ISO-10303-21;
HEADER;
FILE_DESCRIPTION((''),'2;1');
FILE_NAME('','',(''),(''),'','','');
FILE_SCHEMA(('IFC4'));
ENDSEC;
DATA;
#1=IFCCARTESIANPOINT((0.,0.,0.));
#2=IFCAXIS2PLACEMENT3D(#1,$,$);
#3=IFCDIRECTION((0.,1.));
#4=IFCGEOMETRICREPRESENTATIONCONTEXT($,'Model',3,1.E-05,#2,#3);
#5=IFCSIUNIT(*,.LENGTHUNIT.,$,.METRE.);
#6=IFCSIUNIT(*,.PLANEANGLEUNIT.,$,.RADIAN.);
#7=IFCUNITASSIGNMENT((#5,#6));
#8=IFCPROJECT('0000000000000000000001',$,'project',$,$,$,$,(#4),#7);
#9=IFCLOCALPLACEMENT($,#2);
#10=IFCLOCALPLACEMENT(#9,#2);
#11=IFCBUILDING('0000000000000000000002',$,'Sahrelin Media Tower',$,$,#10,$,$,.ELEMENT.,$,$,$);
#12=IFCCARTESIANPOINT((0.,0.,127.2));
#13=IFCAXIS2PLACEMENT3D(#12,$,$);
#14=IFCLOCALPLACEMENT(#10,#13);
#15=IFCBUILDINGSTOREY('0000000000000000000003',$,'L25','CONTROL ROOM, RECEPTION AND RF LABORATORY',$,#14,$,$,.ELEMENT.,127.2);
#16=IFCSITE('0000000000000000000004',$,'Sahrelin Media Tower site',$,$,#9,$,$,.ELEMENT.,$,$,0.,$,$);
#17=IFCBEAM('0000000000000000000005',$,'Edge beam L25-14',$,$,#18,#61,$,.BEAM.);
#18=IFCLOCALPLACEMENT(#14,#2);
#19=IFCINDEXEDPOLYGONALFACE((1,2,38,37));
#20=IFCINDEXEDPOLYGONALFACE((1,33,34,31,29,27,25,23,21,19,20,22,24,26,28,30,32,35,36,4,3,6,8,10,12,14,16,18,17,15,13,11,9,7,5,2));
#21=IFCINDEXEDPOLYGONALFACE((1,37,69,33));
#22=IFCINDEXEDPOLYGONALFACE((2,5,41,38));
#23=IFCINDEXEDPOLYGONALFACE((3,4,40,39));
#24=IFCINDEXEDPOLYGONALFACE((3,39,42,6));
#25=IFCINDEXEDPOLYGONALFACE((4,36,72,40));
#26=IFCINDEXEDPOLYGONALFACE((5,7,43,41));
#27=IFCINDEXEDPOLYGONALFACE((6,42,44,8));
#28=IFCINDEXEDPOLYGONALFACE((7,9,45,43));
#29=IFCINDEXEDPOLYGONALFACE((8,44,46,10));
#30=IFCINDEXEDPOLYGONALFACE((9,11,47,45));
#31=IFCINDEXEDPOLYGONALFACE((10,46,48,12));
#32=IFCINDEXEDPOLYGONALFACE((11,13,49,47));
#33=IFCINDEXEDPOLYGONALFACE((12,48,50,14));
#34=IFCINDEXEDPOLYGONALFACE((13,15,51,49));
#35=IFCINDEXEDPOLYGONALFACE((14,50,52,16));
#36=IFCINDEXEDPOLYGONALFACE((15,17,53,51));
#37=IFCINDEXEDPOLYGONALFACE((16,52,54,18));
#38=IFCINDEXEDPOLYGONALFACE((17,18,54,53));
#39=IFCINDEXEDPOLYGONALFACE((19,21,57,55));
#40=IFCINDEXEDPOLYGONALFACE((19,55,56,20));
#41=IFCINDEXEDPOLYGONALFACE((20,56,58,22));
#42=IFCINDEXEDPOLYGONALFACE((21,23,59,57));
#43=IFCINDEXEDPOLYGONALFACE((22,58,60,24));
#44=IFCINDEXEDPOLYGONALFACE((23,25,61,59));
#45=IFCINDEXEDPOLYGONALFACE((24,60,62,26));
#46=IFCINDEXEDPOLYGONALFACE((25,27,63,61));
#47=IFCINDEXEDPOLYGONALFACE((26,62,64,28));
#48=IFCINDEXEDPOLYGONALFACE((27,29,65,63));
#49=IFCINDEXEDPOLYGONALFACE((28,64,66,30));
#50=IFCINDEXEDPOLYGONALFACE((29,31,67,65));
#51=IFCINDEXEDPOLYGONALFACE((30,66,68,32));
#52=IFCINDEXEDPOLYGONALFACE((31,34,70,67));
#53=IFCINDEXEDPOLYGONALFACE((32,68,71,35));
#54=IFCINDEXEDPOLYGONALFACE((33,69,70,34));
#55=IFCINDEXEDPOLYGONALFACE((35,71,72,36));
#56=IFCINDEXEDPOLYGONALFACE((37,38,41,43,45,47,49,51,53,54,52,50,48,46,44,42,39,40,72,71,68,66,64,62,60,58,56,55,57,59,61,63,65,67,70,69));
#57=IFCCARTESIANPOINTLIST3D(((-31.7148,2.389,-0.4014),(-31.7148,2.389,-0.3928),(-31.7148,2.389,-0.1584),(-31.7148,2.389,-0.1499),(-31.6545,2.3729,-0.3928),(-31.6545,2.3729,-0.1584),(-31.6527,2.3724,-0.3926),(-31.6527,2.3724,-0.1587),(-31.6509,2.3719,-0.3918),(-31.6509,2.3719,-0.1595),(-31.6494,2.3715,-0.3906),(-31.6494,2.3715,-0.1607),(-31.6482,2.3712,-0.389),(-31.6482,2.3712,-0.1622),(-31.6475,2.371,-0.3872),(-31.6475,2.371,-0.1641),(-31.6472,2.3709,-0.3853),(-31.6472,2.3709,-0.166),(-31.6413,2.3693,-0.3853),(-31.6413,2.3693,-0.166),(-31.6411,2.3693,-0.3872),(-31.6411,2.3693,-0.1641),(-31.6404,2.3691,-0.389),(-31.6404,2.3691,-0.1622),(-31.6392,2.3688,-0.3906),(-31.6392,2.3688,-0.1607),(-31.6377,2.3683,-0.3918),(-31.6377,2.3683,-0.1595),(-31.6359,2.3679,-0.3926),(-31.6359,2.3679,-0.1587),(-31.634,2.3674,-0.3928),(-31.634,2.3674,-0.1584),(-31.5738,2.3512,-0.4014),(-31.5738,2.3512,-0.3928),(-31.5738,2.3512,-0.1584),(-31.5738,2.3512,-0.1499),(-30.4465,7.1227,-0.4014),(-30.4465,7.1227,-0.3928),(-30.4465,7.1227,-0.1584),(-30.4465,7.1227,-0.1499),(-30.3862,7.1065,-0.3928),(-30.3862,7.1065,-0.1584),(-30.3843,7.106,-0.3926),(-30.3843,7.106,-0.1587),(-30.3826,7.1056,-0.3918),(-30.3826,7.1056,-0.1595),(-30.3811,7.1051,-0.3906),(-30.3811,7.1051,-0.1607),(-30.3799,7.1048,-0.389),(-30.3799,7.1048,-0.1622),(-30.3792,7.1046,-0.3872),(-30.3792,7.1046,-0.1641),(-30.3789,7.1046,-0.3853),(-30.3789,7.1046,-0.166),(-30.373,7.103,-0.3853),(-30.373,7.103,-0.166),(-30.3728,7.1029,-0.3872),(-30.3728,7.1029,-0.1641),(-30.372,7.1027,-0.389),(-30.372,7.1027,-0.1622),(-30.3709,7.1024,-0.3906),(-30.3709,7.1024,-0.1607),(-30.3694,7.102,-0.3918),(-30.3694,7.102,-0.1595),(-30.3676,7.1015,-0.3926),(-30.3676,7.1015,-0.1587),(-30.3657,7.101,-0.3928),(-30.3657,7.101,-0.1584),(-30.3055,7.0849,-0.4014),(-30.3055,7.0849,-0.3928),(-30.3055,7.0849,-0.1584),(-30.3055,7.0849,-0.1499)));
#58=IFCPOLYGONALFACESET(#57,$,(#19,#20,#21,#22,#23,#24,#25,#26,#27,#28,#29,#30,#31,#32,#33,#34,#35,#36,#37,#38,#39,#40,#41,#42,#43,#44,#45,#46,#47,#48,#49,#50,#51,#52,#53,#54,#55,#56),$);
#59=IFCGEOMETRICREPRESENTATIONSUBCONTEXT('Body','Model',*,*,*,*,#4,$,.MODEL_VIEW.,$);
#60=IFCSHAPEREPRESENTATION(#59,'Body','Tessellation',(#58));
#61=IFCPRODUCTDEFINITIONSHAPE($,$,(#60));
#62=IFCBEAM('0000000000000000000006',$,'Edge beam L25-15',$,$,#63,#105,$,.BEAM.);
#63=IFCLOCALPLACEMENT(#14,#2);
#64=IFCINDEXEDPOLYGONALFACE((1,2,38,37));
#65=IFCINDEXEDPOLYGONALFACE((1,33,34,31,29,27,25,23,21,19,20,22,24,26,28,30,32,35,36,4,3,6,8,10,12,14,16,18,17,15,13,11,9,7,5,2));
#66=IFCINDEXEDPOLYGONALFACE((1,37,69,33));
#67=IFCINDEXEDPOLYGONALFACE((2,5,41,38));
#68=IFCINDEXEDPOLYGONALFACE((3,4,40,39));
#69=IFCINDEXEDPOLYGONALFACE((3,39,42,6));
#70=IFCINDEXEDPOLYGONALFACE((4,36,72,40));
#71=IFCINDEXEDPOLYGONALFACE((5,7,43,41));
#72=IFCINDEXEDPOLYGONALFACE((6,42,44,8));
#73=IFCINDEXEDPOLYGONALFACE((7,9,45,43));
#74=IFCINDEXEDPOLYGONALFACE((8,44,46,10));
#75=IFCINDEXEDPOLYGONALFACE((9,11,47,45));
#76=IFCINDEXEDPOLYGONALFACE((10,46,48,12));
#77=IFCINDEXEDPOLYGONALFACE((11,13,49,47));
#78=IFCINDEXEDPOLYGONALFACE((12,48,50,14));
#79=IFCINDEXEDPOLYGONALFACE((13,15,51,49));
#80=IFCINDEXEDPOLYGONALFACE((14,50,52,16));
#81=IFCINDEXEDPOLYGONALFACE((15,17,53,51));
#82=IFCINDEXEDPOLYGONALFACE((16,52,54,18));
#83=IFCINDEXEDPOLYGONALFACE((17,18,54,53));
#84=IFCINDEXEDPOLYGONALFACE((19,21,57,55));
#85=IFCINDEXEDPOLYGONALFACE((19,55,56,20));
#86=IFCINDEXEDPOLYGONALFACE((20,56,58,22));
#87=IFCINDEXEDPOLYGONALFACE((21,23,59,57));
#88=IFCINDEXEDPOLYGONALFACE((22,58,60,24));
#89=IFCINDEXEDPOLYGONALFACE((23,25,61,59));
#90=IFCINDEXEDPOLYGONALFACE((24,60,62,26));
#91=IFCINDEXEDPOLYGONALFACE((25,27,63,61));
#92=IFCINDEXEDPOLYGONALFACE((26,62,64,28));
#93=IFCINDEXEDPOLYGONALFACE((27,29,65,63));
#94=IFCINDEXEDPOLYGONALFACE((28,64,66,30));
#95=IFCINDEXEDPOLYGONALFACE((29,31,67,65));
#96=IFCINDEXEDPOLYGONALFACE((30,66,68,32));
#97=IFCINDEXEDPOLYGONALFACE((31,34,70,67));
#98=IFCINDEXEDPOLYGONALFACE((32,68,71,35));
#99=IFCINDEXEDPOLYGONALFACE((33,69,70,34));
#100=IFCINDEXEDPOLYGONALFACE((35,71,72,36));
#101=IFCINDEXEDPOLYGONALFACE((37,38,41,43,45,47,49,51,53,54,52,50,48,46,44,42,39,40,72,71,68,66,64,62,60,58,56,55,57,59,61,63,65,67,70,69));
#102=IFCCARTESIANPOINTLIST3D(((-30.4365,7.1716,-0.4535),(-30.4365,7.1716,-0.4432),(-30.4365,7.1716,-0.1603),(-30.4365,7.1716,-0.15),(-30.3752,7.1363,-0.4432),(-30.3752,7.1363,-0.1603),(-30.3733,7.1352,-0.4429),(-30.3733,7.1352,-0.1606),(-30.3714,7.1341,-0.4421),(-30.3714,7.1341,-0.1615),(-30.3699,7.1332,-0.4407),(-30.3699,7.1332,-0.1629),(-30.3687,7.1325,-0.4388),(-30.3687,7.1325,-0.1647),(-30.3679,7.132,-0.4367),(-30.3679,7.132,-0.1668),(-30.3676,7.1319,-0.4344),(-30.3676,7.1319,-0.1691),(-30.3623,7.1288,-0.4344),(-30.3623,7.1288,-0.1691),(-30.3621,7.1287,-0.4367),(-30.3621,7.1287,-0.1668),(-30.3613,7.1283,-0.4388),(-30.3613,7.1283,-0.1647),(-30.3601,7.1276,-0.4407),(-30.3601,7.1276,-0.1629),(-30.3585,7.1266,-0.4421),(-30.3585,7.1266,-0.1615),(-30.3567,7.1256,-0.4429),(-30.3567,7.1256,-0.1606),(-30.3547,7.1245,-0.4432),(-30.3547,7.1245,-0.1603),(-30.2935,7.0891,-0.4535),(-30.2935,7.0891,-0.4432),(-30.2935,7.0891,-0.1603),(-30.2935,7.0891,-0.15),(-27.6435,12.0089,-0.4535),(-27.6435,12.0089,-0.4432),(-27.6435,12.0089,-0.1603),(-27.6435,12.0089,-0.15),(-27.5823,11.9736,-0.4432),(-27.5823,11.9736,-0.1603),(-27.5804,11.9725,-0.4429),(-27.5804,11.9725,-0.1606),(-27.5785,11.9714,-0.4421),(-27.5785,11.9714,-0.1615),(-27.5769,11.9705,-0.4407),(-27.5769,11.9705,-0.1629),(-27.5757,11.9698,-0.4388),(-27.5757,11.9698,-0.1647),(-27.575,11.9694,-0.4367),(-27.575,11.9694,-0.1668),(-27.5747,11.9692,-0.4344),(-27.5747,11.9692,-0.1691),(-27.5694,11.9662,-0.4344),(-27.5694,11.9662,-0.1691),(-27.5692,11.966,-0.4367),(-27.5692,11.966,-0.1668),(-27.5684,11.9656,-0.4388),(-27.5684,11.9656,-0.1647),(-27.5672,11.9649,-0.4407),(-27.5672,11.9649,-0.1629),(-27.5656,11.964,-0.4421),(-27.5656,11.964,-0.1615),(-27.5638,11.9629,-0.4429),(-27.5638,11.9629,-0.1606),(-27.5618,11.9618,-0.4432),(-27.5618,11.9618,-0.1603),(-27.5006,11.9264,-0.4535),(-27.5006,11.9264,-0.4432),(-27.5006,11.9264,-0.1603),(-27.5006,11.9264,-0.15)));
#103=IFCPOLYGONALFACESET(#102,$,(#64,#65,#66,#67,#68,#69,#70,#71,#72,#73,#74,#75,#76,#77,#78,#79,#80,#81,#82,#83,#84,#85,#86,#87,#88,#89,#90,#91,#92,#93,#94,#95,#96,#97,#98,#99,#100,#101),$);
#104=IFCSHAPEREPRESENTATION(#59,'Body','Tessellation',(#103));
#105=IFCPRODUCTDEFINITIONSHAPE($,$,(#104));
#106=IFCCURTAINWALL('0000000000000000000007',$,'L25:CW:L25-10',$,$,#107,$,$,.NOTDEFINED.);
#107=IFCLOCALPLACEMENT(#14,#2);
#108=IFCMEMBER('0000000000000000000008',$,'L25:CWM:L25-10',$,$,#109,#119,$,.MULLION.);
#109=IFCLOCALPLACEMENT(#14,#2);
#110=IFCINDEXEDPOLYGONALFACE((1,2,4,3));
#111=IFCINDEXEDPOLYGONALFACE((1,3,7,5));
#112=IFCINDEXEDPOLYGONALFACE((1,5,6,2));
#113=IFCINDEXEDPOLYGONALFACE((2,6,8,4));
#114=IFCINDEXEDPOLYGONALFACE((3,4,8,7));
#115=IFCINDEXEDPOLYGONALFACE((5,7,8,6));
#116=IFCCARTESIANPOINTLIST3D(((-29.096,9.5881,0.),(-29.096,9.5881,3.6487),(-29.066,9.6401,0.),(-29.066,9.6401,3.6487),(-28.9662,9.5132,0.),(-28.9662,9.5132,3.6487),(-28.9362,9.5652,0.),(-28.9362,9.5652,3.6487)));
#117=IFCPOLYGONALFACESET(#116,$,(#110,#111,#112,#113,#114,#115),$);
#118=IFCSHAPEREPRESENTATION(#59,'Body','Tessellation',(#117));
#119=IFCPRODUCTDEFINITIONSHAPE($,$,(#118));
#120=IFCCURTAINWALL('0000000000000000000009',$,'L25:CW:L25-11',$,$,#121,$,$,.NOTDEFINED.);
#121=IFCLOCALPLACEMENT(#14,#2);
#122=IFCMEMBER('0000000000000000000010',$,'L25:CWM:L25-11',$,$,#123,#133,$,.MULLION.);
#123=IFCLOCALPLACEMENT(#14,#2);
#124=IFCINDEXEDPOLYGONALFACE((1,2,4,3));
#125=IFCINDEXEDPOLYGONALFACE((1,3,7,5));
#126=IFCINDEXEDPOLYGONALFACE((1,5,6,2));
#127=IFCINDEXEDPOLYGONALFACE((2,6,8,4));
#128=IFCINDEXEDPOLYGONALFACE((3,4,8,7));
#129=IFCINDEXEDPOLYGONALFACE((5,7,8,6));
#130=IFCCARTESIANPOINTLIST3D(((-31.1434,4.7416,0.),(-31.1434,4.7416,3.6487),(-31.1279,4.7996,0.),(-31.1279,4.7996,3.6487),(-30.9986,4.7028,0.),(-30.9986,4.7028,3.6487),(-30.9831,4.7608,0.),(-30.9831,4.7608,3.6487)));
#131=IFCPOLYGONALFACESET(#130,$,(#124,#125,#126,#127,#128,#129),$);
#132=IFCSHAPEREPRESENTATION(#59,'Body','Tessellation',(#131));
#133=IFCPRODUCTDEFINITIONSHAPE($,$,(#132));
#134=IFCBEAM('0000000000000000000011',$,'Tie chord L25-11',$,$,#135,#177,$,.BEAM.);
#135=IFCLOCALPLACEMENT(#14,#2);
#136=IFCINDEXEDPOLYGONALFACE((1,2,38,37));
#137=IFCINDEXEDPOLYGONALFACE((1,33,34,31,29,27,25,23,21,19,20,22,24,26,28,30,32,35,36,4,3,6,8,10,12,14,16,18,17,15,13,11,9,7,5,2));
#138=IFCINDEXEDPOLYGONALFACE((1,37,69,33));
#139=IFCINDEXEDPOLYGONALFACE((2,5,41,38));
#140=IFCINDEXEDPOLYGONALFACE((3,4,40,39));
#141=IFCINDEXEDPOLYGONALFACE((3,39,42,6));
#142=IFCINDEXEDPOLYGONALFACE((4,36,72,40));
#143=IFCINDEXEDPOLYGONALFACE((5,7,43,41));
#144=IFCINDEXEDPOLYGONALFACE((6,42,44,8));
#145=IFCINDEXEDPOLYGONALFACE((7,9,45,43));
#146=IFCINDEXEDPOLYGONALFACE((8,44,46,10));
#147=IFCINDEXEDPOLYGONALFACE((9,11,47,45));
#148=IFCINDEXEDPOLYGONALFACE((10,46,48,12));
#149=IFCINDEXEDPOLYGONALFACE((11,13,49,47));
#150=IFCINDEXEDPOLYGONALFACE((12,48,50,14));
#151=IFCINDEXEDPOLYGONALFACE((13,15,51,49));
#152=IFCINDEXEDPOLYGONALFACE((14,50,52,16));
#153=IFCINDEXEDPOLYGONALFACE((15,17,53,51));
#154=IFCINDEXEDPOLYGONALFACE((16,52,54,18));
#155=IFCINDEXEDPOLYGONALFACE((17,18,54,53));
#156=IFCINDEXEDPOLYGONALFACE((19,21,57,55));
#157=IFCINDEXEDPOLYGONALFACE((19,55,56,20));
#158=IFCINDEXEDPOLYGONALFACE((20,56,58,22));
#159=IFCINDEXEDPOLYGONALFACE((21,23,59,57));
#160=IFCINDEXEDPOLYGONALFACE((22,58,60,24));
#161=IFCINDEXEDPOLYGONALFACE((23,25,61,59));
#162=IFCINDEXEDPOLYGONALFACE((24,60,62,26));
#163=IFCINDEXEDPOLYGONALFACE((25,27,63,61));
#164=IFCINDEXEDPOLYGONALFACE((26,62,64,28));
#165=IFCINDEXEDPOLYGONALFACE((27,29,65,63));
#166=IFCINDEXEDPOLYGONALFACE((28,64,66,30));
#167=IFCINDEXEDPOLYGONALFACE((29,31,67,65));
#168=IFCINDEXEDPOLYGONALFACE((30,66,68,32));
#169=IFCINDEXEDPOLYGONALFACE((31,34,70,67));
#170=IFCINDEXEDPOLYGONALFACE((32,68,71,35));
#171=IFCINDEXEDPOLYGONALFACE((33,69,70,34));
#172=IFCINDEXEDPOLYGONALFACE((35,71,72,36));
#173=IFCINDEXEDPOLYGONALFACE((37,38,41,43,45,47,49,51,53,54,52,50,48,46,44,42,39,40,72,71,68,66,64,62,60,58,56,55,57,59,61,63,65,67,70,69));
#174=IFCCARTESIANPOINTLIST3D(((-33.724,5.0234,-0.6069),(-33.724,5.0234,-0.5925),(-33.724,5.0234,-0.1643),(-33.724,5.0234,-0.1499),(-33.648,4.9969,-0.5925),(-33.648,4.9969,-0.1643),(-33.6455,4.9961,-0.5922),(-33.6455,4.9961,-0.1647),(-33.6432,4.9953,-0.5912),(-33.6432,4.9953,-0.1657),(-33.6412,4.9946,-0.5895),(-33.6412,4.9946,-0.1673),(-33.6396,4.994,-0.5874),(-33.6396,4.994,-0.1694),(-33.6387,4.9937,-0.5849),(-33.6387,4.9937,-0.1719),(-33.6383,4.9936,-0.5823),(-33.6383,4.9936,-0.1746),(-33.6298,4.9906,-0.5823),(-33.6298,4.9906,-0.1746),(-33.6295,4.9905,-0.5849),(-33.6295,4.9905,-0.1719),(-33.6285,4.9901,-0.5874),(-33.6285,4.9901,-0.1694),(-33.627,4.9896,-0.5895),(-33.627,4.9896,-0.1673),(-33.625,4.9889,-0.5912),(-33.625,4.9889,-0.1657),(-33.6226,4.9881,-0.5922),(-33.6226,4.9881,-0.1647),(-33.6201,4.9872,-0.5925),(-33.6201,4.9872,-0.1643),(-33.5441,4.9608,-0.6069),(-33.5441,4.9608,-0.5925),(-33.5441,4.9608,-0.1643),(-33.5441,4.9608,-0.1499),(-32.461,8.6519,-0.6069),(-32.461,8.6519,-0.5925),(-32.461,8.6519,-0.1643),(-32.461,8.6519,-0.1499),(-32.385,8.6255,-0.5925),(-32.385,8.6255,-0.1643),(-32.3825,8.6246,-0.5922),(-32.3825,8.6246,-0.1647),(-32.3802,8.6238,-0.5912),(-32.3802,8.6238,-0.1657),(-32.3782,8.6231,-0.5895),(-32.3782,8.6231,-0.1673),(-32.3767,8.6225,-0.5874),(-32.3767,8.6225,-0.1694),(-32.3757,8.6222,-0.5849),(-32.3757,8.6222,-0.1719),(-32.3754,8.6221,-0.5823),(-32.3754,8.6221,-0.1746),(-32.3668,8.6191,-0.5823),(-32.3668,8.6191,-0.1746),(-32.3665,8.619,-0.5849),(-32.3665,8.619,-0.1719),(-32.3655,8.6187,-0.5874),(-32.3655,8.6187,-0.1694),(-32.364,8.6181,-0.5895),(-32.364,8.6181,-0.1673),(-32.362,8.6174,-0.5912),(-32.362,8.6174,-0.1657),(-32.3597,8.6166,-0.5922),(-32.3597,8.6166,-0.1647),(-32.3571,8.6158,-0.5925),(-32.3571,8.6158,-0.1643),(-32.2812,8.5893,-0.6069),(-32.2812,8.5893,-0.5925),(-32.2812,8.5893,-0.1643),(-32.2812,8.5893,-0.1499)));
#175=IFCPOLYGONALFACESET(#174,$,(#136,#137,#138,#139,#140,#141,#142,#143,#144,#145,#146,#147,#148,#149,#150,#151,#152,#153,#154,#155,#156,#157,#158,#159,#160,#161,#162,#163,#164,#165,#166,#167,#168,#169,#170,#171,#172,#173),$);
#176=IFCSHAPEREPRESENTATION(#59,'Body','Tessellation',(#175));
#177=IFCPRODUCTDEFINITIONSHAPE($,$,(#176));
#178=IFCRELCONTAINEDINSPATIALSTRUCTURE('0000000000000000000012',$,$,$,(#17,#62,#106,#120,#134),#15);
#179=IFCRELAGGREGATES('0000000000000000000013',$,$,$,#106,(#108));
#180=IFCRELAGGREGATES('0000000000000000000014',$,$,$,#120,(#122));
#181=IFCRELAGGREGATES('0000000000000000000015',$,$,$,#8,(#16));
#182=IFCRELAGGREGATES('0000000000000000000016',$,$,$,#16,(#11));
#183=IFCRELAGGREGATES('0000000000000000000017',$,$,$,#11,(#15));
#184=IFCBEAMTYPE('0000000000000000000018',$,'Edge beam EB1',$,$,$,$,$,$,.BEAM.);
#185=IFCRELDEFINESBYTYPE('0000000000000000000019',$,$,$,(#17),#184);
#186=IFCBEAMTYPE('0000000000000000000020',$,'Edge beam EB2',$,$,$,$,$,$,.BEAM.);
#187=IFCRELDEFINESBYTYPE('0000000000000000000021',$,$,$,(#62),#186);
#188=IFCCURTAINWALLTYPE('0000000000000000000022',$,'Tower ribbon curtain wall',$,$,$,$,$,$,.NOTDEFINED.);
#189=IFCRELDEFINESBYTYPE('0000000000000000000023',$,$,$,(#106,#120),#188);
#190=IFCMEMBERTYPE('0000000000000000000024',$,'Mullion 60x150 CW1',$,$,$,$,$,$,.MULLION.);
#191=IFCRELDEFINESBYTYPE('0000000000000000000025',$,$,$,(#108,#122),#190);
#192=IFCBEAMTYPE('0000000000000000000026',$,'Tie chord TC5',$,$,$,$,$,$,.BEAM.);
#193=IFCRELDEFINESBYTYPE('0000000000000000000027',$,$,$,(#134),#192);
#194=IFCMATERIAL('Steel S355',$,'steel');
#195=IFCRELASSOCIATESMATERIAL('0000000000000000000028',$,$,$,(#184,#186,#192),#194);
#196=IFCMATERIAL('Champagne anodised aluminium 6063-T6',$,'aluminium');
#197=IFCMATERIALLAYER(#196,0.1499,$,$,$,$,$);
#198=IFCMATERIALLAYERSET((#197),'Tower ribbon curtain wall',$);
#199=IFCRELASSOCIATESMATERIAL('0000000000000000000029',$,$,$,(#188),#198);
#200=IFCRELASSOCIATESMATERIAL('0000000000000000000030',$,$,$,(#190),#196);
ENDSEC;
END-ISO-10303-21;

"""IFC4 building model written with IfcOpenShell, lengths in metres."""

from ifc_helpers import new_model, si_unit, direction, frame, origin, origin_2d, place, context, subcontext, project, spatial, rectangle, i_section, extrude, material, layer, layer_set, material_profile, profile_set, type_object, element, aggregate, save


model = new_model("IFC4")

# Units and contexts
model_context = context("Model", 3, precision=1e-05, world=origin(), true_north=direction((0.0, 1.0)))
body_context = subcontext(model_context, "Body", "Model", "MODEL_VIEW")
ifc_project = project(units=[si_unit("LENGTHUNIT", "METRE"), si_unit("PLANEANGLEUNIT", "RADIAN")], contexts=[model_context])

# Site, building, storey
site_placement = place(None, origin())
site = spatial("IfcSite", under=ifc_project, at=site_placement, Name="Sahrelin Media Tower site", CompositionType="ELEMENT", RefElevation=0.0)
building_placement = place(site_placement, origin())
building = spatial("IfcBuilding", under=site, at=building_placement, Name="Sahrelin Media Tower", CompositionType="ELEMENT")
storey_placement = place(building_placement, frame((0.0, 0.0, 127.2)))
storey = spatial("IfcBuildingStorey", under=building, at=storey_placement, Name="L25", Description="CONTROL ROOM, RECEPTION AND RF LABORATORY", CompositionType="ELEMENT", Elevation=127.2)

# Beams
ifc_material_1 = material(Name="Steel S355", Category="steel")
ifc_material_profile_1 = material_profile(ifc_material_1, i_section(OverallWidth=0.146, OverallDepth=0.2515, WebThickness=0.0061, FlangeThickness=0.0085, FilletRadius=0.0076, at=origin_2d()), Name="UB 254x146x31")
ifc_profile_set_1 = profile_set([ifc_material_profile_1], Name="Steel S355")
beam_type_1 = type_object("IfcBeamType", Name="Edge beam EB1", PredefinedType="BEAM", material=ifc_profile_set_1)
beam_1_placement = place(storey_placement, frame((-31.6443, 2.3701, -0.2756), z_axis=(0.258807, 0.965929, 0.0), x_axis=(-0.965929, 0.258807, 0.0)))
element("IfcBeam", 1, at=beam_1_placement, inside=storey, type_object=beam_type_1, Name="Edge beam L25-14", PredefinedType="BEAM", context=body_context, shape_type="SweptSolid", body=[
    extrude(i_section(OverallWidth=0.146, OverallDepth=0.2515, WebThickness=0.0061, FlangeThickness=0.0085, FilletRadius=0.0076, at=origin_2d()), origin(), (0.0, 0.0, 1.0), 4.9006),
])
ifc_material_profile_2 = material_profile(ifc_material_1, i_section(OverallWidth=0.165, OverallDepth=0.3035, WebThickness=0.0061, FlangeThickness=0.0103, FilletRadius=0.0088, at=origin_2d()), Name="UB 305x165x40")
ifc_profile_set_2 = profile_set([ifc_material_profile_2], Name="Steel S355")
beam_type_2 = type_object("IfcBeamType", Name="Edge beam EB2", PredefinedType="BEAM", material=ifc_profile_set_2)
beam_2_placement = place(storey_placement, frame((-30.365, 7.1304, -0.3018), z_axis=(0.500013, 0.866018, 0.0), x_axis=(-0.866018, 0.500013, 0.0)))
element("IfcBeam", 2, at=beam_2_placement, inside=storey, type_object=beam_type_2, Name="Edge beam L25-15", PredefinedType="BEAM", context=body_context, shape_type="SweptSolid", body=[
    extrude(i_section(OverallWidth=0.165, OverallDepth=0.3035, WebThickness=0.0061, FlangeThickness=0.0103, FilletRadius=0.0088, at=origin_2d()), origin(), (0.0, 0.0, 1.0), 5.5857),
])

# Curtain walls, members
ifc_material_2 = material(Name="Champagne anodised aluminium 6063-T6", Category="aluminium")
ifc_layer_1 = layer(ifc_material_2, 0.1499)
ifc_layer_set_1 = layer_set([ifc_layer_1], Name="Tower ribbon curtain wall")
curtain_wall_type = type_object("IfcCurtainWallType", Name="Tower ribbon curtain wall", PredefinedType="NOTDEFINED", material=ifc_layer_set_1)
curtain_wall_1_placement = place(storey_placement, frame((-29.0984, 9.624, 0.0), z_axis=(0.0, 0.0, 1.0), x_axis=(1.0, 0.0, 0.0)))
curtain_wall_1 = element("IfcCurtainWall", 3, at=curtain_wall_1_placement, inside=storey, type_object=curtain_wall_type, Name="L25:CW:L25-10", PredefinedType="NOTDEFINED")
ifc_material_profile_3 = material_profile(ifc_material_2, rectangle(XDim=0.0601, YDim=0.1499, at=origin_2d()), Name="Mullion 60x150")
ifc_profile_set_3 = profile_set([ifc_material_profile_3], Name="Champagne anodised aluminium 6063-T6")
member_type_1 = type_object("IfcMemberType", Name="Mullion 60x150 CW1", PredefinedType="MULLION", material=ifc_profile_set_3)
member_1_placement = place(storey_placement, frame((-29.0161, 9.5767, 0.0), z_axis=(0.0, 0.0, 1.0), x_axis=(-0.499998, -0.866026, 0.0)))
member_1 = element("IfcMember", 4, at=member_1_placement, type_object=member_type_1, Name="L25:CWM:L25-10", PredefinedType="MULLION", context=body_context, shape_type="SweptSolid", body=[
    extrude(rectangle(XDim=0.0601, YDim=0.1499, at=origin_2d()), origin(), (0.0, 0.0, 1.0), 3.6487),
])
aggregate(curtain_wall_1, [member_1])
curtain_wall_2_placement = place(storey_placement, frame((-31.155, 4.7759, 0.0), z_axis=(0.0, 0.0, 1.0), x_axis=(1.0, 0.0, 0.0)))
curtain_wall_2 = element("IfcCurtainWall", 5, at=curtain_wall_2_placement, inside=storey, type_object=curtain_wall_type, Name="L25:CW:L25-11", PredefinedType="NOTDEFINED")
member_2_placement = place(storey_placement, frame((-31.0632, 4.7512, 0.0), z_axis=(0.0, 0.0, 1.0), x_axis=(-0.258833, -0.965922, 0.0)))
member_2 = element("IfcMember", 6, at=member_2_placement, type_object=member_type_1, Name="L25:CWM:L25-11", PredefinedType="MULLION", context=body_context, shape_type="SweptSolid", body=[
    extrude(rectangle(XDim=0.0601, YDim=0.1499, at=origin_2d()), origin(), (0.0, 0.0, 1.0), 3.6487),
])

# Beam
ifc_material_profile_4 = material_profile(ifc_material_1, i_section(OverallWidth=0.1904, OverallDepth=0.457, WebThickness=0.009, FlangeThickness=0.0144, FilletRadius=0.0103, at=origin_2d()), Name="UB 457x191x74")
ifc_profile_set_4 = profile_set([ifc_material_profile_4], Name="Steel S355")
beam_type_3 = type_object("IfcBeamType", Name="Tie chord TC5", PredefinedType="BEAM", material=ifc_profile_set_4)
beam_3_placement = place(storey_placement, frame((-32.3711, 8.6206, -0.3784), z_axis=(-0.328725, -0.944426, 0.0), x_axis=(0.944426, -0.328725, 0.0)))
element("IfcBeam", 7, at=beam_3_placement, inside=storey, type_object=beam_type_3, Name="Tie chord L25-11", PredefinedType="BEAM", context=body_context, shape_type="SweptSolid", body=[
    extrude(i_section(OverallWidth=0.1904, OverallDepth=0.457, WebThickness=0.009, FlangeThickness=0.0144, FilletRadius=0.0103, at=origin_2d()), origin(), (0.0, 0.0, 1.0), 3.842),
])

aggregate(curtain_wall_2, [member_2])

save(model, "model.ifc")
